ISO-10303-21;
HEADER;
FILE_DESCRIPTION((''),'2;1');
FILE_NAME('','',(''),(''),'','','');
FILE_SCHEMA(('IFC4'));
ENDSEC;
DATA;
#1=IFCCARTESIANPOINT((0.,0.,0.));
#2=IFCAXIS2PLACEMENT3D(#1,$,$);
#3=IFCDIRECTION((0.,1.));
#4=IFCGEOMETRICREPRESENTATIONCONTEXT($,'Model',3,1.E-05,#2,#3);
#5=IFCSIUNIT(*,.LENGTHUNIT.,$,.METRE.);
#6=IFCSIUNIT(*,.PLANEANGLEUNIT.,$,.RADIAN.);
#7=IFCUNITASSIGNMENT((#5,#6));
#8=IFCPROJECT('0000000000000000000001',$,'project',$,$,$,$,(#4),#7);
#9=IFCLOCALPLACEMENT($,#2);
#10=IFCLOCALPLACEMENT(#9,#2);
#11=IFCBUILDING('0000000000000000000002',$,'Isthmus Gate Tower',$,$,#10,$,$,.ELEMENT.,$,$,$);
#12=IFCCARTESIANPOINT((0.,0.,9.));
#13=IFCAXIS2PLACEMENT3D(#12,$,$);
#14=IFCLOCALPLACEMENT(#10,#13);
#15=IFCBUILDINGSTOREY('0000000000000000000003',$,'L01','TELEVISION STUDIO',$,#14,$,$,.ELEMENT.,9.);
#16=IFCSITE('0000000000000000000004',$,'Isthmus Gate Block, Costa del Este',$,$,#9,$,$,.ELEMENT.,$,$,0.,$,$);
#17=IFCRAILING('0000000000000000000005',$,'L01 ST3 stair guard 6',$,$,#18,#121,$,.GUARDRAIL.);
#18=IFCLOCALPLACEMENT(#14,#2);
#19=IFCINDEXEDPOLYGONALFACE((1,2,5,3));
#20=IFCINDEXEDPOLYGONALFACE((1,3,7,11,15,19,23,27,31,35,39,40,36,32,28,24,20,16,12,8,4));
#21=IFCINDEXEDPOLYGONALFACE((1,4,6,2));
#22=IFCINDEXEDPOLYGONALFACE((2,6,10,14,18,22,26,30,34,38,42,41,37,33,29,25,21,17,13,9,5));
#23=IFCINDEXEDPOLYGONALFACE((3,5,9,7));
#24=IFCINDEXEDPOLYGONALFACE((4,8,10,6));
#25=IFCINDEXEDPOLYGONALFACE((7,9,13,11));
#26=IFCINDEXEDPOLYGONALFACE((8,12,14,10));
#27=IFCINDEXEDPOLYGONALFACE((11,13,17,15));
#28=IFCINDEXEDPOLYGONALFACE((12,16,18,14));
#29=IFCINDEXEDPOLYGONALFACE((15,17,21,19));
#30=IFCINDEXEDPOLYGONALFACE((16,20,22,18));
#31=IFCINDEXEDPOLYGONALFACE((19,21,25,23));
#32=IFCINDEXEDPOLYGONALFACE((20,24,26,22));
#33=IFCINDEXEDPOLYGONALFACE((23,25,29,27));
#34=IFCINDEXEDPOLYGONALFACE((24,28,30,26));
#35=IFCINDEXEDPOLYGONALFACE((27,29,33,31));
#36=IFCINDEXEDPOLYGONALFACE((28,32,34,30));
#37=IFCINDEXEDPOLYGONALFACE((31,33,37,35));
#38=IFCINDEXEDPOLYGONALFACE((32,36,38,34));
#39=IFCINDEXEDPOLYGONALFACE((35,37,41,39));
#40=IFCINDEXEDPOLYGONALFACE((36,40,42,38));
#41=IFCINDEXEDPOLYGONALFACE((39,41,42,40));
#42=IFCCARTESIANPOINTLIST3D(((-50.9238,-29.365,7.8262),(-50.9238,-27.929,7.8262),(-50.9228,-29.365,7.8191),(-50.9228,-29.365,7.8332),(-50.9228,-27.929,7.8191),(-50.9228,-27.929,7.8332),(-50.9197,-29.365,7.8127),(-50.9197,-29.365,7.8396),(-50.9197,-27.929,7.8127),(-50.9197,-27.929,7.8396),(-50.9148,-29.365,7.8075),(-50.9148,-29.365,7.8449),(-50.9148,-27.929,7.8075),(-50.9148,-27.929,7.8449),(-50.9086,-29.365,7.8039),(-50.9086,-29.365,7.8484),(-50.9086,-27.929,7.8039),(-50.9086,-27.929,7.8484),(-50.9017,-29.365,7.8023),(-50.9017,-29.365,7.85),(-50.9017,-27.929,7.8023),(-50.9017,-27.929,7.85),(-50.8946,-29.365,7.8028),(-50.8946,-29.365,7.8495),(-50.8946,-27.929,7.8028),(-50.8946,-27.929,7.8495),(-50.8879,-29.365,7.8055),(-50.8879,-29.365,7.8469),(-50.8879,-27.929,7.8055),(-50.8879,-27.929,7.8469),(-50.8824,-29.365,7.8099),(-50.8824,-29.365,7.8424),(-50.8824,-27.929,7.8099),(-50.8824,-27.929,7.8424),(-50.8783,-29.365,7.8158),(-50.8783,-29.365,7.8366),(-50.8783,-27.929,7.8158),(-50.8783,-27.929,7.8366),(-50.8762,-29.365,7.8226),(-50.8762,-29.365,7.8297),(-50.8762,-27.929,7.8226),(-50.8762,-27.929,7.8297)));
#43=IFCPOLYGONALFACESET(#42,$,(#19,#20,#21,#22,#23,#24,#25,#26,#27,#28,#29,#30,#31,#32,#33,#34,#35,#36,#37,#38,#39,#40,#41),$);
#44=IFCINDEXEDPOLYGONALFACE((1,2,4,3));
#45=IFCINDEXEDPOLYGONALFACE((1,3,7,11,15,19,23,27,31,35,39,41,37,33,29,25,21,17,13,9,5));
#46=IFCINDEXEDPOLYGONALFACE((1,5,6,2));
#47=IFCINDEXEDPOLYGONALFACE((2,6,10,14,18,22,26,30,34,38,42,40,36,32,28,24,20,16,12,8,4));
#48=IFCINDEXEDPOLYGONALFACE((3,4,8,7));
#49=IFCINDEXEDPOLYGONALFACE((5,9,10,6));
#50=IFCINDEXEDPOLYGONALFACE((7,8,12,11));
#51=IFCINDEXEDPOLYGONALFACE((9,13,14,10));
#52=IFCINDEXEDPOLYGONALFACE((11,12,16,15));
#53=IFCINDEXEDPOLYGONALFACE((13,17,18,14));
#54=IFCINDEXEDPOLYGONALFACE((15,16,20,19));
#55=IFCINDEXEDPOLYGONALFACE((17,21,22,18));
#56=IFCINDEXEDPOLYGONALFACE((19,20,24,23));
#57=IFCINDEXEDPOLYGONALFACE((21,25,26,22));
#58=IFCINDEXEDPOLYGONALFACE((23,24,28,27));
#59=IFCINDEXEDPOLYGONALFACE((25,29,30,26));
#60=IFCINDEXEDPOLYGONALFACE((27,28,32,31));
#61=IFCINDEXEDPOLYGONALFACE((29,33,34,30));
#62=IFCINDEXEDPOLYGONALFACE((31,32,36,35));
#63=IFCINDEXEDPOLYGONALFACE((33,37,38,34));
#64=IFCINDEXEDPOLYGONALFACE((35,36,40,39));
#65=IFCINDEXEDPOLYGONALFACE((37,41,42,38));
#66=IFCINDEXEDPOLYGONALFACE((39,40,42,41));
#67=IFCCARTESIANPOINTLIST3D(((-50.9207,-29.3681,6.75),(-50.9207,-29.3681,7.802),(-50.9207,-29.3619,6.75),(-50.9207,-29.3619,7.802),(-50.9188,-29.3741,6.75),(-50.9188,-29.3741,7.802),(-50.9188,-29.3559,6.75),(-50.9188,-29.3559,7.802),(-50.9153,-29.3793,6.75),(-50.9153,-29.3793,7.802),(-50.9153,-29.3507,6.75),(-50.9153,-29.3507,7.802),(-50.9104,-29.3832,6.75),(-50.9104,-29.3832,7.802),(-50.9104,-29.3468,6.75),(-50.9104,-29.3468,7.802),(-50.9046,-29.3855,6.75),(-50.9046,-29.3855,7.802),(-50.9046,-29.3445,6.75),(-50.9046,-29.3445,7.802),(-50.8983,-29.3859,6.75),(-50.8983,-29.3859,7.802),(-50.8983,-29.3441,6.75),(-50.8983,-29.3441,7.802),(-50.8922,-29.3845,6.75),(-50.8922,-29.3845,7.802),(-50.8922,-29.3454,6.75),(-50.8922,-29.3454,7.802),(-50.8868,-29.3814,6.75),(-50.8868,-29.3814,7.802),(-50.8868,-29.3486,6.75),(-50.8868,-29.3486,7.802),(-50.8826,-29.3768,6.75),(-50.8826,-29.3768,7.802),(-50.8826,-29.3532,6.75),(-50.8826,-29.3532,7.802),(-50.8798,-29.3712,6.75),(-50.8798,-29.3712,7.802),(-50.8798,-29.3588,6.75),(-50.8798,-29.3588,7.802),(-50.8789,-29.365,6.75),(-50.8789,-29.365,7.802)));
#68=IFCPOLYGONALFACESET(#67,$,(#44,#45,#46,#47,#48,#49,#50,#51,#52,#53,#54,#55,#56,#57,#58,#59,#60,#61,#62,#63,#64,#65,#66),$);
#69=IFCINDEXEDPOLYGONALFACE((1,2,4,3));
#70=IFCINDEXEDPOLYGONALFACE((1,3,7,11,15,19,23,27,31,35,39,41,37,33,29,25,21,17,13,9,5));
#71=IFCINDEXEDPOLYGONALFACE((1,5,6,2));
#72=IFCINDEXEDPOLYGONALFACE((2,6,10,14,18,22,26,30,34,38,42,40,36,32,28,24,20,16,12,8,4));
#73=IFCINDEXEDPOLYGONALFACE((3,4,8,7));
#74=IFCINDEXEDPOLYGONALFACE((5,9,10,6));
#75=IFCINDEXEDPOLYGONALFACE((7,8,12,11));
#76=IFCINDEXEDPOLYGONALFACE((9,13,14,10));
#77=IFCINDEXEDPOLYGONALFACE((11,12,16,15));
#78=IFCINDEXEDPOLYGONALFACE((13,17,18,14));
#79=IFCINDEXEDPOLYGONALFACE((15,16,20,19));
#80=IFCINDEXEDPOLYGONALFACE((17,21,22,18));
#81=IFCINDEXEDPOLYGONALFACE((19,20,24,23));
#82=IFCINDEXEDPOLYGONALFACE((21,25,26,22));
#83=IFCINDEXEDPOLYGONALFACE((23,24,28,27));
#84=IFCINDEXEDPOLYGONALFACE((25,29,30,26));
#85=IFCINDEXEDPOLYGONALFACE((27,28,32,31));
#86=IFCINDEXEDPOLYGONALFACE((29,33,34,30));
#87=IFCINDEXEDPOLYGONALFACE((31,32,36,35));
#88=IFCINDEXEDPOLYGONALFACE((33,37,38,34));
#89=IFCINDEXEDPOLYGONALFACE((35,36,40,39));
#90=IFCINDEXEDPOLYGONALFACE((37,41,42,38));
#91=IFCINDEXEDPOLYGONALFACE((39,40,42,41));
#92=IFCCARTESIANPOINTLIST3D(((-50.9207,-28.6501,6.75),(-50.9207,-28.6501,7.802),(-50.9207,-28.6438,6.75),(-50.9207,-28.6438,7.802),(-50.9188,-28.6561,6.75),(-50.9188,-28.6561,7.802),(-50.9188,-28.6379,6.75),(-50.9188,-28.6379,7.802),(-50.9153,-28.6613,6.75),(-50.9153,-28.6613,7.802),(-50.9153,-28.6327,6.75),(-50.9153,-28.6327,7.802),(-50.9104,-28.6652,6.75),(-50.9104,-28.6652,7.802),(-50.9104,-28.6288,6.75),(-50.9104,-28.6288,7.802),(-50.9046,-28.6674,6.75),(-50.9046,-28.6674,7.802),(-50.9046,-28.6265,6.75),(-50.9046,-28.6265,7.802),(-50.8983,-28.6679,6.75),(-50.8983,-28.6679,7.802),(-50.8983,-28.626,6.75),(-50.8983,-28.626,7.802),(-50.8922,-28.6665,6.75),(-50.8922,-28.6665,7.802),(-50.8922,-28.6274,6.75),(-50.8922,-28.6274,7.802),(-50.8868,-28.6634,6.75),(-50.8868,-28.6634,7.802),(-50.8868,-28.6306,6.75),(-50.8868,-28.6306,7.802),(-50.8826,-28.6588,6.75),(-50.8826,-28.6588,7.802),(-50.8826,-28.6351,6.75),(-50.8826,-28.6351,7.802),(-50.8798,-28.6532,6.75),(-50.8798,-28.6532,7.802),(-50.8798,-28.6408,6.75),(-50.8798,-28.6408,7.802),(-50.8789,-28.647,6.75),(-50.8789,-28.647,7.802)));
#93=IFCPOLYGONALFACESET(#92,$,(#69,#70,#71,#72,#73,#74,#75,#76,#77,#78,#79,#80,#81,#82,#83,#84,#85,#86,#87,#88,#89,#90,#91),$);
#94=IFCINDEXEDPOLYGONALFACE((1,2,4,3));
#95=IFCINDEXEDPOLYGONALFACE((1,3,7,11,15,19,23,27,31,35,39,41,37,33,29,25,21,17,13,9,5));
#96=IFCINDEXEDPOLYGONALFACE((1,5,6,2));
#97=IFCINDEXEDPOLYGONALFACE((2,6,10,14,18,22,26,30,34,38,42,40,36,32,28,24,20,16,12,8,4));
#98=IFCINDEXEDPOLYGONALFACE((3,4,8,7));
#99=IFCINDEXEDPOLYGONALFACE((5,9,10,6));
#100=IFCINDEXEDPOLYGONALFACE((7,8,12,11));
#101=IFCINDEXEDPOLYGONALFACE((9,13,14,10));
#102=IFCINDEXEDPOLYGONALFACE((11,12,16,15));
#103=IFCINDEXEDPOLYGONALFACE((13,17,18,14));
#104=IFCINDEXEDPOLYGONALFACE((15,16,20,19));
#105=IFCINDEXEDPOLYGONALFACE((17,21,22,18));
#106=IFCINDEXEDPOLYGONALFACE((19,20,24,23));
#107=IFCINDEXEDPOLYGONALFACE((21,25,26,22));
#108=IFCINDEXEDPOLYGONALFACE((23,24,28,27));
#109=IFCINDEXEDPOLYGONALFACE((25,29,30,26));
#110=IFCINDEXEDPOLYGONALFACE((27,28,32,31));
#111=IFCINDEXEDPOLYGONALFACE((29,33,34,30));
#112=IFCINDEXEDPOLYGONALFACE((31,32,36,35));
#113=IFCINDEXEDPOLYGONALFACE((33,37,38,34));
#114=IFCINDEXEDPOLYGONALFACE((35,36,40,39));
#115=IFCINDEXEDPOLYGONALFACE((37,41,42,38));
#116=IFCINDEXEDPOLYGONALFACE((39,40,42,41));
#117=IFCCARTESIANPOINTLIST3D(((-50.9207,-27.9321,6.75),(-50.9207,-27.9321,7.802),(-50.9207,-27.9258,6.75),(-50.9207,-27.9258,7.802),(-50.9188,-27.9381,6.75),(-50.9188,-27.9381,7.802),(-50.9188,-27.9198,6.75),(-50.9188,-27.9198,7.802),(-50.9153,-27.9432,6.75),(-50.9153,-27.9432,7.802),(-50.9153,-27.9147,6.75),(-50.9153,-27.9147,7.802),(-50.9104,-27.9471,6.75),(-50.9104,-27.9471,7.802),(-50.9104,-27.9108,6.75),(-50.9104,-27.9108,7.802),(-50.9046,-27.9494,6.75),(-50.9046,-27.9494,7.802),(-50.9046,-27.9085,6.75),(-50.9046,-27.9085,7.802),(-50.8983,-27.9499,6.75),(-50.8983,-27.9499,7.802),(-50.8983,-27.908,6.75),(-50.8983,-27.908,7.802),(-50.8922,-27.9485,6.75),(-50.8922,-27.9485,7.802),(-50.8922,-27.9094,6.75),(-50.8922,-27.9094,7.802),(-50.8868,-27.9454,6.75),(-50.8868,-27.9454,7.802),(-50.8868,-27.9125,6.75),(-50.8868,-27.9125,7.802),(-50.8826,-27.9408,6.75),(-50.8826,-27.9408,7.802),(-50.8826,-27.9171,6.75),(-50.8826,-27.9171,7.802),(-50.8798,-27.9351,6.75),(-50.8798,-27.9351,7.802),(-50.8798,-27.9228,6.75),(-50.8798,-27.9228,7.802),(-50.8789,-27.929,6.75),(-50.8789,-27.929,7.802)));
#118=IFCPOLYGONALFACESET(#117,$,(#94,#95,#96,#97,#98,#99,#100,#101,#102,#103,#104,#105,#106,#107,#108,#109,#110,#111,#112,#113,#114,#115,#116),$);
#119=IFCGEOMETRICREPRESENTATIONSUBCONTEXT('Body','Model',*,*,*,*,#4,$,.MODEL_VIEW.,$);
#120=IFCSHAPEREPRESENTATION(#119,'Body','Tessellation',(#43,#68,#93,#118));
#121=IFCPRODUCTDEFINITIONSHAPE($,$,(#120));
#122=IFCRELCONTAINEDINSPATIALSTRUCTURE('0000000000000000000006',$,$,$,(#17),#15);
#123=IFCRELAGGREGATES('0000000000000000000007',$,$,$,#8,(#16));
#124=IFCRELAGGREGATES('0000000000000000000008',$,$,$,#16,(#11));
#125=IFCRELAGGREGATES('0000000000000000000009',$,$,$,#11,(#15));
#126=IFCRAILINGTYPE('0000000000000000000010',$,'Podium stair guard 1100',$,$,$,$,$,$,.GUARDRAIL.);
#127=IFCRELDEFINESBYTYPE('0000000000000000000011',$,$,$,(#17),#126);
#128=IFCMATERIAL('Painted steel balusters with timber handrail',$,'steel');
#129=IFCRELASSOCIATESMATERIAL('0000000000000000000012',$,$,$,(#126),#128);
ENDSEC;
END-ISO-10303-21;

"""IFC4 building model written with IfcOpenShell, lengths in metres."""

from ifc_helpers import new_model, si_unit, direction, frame, origin, origin_2d, place, context, subcontext, project, spatial, circle, extrude, material, type_object, element, save


model = new_model("IFC4")

# Units and contexts
model_context = context("Model", 3, precision=1e-05, world=origin(), true_north=direction((0.0, 1.0)))
body_context = subcontext(model_context, "Body", "Model", "MODEL_VIEW")
ifc_project = project(units=[si_unit("LENGTHUNIT", "METRE"), si_unit("PLANEANGLEUNIT", "RADIAN")], contexts=[model_context])

# Site, building, storey
site_placement = place(None, origin())
site = spatial("IfcSite", under=ifc_project, at=site_placement, Name="Isthmus Gate Block, Costa del Este", CompositionType="ELEMENT", RefElevation=0.0)
building_placement = place(site_placement, origin())
building = spatial("IfcBuilding", under=site, at=building_placement, Name="Isthmus Gate Tower", CompositionType="ELEMENT")
storey_placement = place(building_placement, frame((0.0, 0.0, 9.0)))
storey = spatial("IfcBuildingStorey", under=building, at=storey_placement, Name="L01", Description="TELEVISION STUDIO", CompositionType="ELEMENT", Elevation=9.0)

# Railing
ifc_material_1 = material(Name="Painted steel balusters with timber handrail", Category="steel")
railing_type_1 = type_object("IfcRailingType", Name="Podium stair guard 1100", PredefinedType="GUARDRAIL", material=ifc_material_1)
railing_1_placement = place(storey_placement, frame((-50.8999, -29.365, 6.75)))
element("IfcRailing", 1, at=railing_1_placement, inside=storey, type_object=railing_type_1, Name="L01 ST3 stair guard 6", PredefinedType="GUARDRAIL", context=body_context, shape_type="SweptSolid", body=[
    extrude(circle(Radius=0.0239, at=origin_2d()), frame((0.0, 0.0, 1.0762), z_axis=(0.0, 1.0, 0.0), x_axis=(-1.0, 0.0, 0.0)), (0.0, 0.0, 1.0), 1.436),
    extrude(circle(Radius=0.021, at=origin_2d()), origin(), (0.0, 0.0, 1.0), 1.052),
    extrude(circle(Radius=0.021, at=origin_2d()), frame((0.0, 0.718, 0.0)), (0.0, 0.0, 1.0), 1.052),
    extrude(circle(Radius=0.021, at=origin_2d()), frame((0.0, 1.436, 0.0)), (0.0, 0.0, 1.0), 1.052),
])

save(model, "model.ifc")
